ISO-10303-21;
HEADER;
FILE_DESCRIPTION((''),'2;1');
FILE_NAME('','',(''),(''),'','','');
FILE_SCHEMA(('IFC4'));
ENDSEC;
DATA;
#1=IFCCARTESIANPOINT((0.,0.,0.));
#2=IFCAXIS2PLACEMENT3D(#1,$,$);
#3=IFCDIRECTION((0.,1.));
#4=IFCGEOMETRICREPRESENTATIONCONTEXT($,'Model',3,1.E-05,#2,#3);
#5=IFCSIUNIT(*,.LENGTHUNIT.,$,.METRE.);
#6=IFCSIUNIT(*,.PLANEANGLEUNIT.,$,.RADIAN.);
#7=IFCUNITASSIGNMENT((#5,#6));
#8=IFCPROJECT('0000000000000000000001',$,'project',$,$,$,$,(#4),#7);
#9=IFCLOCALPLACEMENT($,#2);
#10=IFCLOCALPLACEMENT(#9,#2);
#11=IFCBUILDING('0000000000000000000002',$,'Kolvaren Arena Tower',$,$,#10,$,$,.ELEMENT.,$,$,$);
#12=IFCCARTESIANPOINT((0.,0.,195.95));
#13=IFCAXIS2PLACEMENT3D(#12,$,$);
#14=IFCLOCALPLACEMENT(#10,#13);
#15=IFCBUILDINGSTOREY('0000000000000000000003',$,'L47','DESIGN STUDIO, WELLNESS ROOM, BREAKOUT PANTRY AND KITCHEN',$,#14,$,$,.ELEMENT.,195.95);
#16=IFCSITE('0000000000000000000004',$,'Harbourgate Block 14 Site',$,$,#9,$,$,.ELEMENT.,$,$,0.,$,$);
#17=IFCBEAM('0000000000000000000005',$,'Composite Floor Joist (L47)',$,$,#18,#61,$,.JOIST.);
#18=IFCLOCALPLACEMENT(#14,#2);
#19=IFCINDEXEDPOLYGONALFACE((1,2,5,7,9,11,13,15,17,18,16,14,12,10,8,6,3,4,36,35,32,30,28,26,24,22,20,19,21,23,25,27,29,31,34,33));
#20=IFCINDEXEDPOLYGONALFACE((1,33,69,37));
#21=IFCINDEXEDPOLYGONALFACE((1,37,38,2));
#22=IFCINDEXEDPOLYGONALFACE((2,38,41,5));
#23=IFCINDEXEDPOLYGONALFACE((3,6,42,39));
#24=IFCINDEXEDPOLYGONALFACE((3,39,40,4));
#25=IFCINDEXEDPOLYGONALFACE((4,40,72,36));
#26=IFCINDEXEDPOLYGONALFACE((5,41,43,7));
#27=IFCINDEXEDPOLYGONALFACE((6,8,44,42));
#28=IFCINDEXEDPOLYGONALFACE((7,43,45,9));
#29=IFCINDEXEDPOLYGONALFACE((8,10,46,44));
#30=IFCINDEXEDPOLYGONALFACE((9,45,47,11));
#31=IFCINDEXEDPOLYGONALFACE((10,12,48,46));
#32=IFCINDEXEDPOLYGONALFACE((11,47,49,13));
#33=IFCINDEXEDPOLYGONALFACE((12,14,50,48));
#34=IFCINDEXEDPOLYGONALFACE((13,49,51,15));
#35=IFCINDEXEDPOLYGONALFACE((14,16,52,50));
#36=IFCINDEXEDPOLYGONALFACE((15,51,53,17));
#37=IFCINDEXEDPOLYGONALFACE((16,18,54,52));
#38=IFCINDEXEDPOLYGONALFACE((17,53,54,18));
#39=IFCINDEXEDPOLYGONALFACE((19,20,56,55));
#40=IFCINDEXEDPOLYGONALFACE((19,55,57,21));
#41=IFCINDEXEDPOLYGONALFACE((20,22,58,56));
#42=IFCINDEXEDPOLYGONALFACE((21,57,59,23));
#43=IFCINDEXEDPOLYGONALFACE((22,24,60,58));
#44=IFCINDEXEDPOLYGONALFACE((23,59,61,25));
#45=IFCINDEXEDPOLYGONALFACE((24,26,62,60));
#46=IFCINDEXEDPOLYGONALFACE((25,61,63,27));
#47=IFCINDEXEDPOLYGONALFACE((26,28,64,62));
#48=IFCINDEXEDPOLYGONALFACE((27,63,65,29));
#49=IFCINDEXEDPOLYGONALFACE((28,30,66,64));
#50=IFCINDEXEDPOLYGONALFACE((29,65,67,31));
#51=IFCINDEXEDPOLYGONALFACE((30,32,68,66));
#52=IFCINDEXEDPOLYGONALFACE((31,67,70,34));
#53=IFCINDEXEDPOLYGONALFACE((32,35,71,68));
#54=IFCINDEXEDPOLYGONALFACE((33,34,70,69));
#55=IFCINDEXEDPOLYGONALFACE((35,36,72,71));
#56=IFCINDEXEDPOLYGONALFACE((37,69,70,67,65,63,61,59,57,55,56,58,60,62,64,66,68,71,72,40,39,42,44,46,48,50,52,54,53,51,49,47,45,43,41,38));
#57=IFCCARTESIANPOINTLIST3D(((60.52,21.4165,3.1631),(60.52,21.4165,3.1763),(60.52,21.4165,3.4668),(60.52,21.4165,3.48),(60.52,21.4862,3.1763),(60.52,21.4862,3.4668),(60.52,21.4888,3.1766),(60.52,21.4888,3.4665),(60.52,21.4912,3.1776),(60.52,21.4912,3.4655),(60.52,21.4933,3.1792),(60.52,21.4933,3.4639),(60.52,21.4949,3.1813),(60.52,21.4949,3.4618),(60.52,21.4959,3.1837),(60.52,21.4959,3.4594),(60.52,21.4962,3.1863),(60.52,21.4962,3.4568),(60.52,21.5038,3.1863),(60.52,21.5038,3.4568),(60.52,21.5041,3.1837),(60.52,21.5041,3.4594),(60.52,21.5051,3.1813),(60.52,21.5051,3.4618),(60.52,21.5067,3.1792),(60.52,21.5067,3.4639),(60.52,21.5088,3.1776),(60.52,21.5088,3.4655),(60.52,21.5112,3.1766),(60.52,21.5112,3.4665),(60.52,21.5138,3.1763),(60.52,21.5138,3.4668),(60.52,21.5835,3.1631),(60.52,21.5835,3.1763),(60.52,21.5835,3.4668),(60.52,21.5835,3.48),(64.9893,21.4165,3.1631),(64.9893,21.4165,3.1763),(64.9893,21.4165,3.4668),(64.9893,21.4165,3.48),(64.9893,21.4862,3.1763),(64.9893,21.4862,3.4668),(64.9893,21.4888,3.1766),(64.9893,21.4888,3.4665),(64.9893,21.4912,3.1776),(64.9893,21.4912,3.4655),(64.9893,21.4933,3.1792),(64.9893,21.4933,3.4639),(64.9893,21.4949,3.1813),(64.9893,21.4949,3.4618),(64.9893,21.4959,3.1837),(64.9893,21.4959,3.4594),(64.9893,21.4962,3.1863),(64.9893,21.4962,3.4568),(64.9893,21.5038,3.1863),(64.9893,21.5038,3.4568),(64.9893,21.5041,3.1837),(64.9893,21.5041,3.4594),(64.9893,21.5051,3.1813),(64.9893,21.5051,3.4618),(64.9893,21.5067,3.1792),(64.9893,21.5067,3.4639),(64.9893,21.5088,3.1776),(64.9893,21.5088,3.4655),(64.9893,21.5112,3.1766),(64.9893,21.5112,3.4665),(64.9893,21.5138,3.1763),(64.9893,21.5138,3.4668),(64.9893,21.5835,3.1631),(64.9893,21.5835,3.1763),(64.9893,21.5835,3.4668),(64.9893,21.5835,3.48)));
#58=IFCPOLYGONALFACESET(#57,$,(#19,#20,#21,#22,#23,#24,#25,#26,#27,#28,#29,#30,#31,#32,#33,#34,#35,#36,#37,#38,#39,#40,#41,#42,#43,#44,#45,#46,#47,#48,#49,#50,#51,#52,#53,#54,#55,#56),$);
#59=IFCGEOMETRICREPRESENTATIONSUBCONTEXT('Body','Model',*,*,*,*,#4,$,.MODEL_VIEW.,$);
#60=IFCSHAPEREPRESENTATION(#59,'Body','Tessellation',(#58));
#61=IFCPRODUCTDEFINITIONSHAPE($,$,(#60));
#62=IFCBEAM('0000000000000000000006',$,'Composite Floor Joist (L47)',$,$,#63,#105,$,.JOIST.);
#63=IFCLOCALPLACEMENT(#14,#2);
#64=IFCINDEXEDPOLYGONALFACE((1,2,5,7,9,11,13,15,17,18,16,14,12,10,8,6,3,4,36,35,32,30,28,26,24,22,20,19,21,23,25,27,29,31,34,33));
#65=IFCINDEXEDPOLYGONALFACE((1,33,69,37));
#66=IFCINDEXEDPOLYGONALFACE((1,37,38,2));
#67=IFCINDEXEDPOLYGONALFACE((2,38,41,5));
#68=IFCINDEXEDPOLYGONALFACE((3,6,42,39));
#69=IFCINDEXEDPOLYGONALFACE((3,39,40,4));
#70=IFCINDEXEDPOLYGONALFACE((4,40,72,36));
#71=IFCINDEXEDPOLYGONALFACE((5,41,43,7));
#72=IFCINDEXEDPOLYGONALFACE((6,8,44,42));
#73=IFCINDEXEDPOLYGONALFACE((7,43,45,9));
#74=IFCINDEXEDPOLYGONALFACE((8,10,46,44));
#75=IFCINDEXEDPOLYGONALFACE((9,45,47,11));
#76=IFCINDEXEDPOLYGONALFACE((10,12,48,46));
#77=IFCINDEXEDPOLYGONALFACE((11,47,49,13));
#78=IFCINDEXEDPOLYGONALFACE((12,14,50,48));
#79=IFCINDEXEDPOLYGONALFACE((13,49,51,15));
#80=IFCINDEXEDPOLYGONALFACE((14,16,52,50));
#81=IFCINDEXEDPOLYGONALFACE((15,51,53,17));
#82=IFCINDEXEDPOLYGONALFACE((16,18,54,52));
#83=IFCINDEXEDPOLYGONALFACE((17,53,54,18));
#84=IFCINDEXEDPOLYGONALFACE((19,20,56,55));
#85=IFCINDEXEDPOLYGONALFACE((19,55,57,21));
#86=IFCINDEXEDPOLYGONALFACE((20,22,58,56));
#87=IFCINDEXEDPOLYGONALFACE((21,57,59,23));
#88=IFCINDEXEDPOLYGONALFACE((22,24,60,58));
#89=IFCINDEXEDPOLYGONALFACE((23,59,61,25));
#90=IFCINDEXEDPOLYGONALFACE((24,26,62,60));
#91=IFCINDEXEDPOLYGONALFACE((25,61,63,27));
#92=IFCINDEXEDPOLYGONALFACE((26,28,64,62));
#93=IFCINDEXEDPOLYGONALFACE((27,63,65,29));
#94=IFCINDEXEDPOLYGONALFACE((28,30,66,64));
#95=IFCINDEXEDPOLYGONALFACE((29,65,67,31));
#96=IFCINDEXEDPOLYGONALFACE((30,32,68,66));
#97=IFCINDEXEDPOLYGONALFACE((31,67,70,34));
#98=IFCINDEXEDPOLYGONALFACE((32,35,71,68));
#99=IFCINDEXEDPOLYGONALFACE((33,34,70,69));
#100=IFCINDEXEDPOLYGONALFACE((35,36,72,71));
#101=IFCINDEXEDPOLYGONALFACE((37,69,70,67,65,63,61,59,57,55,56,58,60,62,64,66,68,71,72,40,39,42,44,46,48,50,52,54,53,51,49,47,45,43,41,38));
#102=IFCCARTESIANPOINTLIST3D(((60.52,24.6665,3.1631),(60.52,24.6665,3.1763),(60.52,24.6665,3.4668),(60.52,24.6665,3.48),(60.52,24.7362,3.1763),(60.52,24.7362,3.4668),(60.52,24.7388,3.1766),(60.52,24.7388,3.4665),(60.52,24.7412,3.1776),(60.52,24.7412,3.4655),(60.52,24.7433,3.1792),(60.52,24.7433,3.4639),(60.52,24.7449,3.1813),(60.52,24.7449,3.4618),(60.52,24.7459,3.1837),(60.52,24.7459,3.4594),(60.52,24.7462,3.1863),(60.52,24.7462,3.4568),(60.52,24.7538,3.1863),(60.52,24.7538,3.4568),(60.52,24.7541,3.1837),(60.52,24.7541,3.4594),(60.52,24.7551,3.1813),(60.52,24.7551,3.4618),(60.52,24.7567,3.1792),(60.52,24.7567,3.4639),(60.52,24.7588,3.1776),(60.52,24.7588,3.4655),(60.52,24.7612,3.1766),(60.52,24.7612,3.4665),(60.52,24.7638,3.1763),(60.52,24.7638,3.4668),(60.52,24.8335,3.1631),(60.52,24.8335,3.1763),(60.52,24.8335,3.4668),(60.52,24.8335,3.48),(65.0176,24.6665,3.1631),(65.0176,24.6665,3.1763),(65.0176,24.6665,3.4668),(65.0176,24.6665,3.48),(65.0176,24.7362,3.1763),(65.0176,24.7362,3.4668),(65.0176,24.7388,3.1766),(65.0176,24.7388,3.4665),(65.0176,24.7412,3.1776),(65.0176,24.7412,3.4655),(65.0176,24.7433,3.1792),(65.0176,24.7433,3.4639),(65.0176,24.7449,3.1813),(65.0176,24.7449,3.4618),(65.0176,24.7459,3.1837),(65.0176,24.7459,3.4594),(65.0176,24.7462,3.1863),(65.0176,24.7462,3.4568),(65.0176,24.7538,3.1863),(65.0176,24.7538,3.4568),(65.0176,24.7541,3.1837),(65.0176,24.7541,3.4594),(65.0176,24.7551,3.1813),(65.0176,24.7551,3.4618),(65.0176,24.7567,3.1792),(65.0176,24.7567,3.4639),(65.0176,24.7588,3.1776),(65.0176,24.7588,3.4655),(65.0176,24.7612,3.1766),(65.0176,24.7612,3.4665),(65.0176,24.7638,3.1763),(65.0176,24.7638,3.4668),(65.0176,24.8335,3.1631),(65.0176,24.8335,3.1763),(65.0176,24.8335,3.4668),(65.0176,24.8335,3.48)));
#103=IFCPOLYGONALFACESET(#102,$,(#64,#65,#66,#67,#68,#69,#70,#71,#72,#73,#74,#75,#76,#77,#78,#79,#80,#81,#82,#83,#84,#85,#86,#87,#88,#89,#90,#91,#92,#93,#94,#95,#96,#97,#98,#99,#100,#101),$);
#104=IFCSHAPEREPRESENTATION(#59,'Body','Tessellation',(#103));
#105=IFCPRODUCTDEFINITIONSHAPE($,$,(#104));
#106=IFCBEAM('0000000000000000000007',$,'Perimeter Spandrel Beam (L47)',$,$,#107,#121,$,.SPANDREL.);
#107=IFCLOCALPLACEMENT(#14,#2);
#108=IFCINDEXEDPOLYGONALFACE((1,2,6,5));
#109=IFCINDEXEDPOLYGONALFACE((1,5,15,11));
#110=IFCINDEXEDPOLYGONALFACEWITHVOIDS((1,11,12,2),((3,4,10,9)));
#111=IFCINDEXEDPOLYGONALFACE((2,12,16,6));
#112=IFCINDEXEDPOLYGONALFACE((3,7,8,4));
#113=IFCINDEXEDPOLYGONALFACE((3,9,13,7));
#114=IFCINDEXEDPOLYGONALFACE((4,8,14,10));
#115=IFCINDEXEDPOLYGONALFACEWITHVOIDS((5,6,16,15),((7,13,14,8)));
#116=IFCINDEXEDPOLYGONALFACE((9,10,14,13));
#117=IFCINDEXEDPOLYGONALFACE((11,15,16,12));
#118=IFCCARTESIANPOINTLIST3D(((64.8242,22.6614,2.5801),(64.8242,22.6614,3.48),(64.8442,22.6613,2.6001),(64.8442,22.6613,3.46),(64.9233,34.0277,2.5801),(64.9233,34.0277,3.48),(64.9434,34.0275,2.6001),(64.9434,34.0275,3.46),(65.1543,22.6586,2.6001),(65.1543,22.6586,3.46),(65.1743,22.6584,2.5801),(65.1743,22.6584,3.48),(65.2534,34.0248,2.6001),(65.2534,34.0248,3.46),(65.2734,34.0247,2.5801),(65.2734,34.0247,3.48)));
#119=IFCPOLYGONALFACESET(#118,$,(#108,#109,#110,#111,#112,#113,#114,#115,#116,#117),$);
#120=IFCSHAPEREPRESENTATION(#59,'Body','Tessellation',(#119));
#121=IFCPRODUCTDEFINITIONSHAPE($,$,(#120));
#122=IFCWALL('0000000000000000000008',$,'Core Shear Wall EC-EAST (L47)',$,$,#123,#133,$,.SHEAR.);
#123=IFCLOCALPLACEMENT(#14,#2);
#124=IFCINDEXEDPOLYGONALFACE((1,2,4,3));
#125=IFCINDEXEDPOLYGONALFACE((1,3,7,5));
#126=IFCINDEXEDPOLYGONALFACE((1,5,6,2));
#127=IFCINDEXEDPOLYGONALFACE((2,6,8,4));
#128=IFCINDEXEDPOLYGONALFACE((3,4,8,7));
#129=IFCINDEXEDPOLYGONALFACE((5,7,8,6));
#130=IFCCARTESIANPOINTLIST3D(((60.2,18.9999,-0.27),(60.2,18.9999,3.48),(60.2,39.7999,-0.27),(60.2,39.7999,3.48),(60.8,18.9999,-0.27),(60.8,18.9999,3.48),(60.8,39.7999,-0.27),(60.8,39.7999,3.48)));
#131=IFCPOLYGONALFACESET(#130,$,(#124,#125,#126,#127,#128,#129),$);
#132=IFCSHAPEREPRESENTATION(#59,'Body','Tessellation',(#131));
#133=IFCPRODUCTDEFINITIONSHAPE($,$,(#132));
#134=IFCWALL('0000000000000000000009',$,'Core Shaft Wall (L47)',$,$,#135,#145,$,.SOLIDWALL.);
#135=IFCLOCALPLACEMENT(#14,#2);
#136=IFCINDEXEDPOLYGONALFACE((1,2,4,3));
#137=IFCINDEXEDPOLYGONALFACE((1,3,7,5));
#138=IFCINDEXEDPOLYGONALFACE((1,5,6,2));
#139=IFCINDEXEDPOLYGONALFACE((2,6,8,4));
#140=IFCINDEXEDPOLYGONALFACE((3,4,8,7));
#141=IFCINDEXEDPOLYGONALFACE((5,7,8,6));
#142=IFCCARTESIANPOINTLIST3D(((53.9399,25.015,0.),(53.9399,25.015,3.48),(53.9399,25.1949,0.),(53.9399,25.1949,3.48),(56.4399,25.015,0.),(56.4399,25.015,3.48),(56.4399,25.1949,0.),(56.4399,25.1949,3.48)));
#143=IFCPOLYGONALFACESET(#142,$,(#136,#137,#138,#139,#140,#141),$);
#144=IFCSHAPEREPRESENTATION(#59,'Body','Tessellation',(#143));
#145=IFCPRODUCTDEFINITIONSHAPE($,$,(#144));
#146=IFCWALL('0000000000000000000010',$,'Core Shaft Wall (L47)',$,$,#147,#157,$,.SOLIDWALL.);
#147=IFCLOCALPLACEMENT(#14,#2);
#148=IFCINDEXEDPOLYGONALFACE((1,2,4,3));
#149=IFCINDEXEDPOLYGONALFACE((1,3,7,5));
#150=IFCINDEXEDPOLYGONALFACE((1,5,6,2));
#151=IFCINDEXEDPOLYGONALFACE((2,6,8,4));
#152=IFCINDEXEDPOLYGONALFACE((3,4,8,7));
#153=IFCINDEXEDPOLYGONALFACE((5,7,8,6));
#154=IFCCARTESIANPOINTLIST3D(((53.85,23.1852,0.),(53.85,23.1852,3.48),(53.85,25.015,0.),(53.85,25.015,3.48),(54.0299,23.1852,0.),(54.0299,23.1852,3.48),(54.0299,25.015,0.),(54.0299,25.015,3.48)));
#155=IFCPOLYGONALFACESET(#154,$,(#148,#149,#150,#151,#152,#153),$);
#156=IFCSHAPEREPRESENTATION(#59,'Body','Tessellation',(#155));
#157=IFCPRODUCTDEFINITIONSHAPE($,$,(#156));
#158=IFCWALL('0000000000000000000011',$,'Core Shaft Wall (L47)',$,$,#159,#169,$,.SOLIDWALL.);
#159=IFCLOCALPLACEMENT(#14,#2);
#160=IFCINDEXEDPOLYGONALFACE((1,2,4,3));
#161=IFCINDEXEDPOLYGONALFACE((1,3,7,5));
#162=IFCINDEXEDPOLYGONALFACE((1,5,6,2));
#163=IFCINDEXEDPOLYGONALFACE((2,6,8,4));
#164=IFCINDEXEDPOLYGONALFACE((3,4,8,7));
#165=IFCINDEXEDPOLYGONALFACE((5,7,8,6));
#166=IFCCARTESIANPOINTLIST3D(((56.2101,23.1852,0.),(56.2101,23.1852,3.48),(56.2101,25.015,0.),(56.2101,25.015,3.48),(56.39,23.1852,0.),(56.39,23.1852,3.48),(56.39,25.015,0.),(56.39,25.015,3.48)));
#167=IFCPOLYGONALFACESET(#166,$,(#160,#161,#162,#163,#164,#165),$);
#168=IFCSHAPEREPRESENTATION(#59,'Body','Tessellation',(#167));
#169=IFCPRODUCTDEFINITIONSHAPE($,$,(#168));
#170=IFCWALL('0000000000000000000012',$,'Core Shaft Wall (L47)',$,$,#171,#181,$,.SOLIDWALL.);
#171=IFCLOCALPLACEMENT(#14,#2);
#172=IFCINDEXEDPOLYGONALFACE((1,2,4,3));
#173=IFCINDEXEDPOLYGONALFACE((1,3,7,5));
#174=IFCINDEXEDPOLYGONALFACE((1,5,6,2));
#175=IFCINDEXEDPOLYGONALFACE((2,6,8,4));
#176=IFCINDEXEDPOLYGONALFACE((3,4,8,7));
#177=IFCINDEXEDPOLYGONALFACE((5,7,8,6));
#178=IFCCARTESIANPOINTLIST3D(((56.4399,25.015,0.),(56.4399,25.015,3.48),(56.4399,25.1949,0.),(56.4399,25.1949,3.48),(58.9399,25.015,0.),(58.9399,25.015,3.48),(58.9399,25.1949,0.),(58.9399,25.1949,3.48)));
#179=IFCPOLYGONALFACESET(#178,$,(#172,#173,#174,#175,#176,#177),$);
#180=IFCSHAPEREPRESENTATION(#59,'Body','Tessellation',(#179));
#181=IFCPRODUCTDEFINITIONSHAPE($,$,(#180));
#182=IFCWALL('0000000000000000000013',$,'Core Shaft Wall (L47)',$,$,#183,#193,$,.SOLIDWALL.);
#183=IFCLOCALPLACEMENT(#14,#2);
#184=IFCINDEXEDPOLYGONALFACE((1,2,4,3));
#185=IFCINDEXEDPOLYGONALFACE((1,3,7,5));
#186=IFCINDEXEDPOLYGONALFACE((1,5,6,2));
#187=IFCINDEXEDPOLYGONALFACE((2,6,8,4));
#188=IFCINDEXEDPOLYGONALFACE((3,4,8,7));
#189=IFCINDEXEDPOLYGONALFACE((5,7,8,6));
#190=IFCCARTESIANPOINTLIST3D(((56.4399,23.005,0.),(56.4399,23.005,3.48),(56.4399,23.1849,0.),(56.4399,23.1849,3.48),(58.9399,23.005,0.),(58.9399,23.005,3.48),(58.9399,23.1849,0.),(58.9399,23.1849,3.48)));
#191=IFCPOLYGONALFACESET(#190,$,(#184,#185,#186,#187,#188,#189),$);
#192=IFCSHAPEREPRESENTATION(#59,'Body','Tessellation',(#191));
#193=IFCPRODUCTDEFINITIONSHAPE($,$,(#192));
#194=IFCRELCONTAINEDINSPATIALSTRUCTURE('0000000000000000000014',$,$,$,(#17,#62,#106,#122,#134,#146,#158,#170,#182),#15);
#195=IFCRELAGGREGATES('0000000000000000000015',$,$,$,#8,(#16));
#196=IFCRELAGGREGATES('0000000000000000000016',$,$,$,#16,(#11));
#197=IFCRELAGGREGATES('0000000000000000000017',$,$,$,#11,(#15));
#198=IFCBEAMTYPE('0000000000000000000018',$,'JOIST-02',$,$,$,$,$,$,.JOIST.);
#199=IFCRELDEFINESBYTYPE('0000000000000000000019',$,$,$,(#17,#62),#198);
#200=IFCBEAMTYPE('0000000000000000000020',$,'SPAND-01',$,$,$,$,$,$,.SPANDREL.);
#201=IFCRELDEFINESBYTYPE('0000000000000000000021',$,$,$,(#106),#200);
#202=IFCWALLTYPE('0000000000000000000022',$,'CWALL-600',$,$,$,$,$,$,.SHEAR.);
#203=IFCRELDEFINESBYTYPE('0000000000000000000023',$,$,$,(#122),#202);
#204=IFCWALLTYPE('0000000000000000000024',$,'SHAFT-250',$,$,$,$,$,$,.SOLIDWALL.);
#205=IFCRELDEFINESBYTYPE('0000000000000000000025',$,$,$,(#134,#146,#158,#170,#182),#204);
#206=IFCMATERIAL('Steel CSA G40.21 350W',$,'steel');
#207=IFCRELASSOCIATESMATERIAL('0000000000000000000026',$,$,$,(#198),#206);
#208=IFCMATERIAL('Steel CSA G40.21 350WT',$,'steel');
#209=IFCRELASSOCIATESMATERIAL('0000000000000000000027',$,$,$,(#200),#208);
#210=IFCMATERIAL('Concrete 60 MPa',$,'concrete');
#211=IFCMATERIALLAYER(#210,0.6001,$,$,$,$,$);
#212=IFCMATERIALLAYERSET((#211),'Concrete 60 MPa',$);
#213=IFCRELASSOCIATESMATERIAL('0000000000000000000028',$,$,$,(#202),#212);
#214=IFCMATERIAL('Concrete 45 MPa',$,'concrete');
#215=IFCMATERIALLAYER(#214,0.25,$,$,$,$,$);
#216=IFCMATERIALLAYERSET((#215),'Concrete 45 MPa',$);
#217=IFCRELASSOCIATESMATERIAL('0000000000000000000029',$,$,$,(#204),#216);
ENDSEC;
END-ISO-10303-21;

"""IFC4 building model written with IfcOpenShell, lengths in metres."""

from ifc_helpers import new_model, si_unit, direction, frame, frame_2d, origin, origin_2d, place, context, subcontext, project, spatial, rectangle, hollow_rectangle, i_section, extrude, material, layer, layer_set, material_profile, profile_set, type_object, element, save


model = new_model("IFC4")

# Units and contexts
model_context = context("Model", 3, precision=1e-05, world=origin(), true_north=direction((0.0, 1.0)))
body_context = subcontext(model_context, "Body", "Model", "MODEL_VIEW")
ifc_project = project(units=[si_unit("LENGTHUNIT", "METRE"), si_unit("PLANEANGLEUNIT", "RADIAN")], contexts=[model_context])

# Site, building, storey
site_placement = place(None, origin())
site = spatial("IfcSite", under=ifc_project, at=site_placement, Name="Harbourgate Block 14 Site", CompositionType="ELEMENT", RefElevation=0.0)
building_placement = place(site_placement, origin())
building = spatial("IfcBuilding", under=site, at=building_placement, Name="Kolvaren Arena Tower", CompositionType="ELEMENT")
storey_placement = place(building_placement, frame((0.0, 0.0, 195.95)))
storey = spatial("IfcBuildingStorey", under=building, at=storey_placement, Name="L47", Description="DESIGN STUDIO, WELLNESS ROOM, BREAKOUT PANTRY AND KITCHEN", CompositionType="ELEMENT", Elevation=195.95)

# Beams
ifc_material_1 = material(Name="Steel CSA G40.21 350W", Category="steel")
ifc_material_profile_1 = material_profile(ifc_material_1, i_section(OverallWidth=0.167, OverallDepth=0.3169, WebThickness=0.0076, FlangeThickness=0.0132, FilletRadius=0.01, at=origin_2d()), Name="W310x52")
ifc_profile_set_1 = profile_set([ifc_material_profile_1], Name="Steel CSA G40.21 350W")
beam_type_1 = type_object("IfcBeamType", Name="JOIST-02", PredefinedType="JOIST", material=ifc_profile_set_1)
beam_1_placement = place(storey_placement, frame((60.52, 21.5, 3.3215), z_axis=(1.0, 0.0, 0.0), x_axis=(0.0, 1.0, 0.0)))
element("IfcBeam", 1, at=beam_1_placement, inside=storey, type_object=beam_type_1, Name="Composite Floor Joist (L47)", PredefinedType="JOIST", context=body_context, shape_type="SweptSolid", body=[
    extrude(i_section(OverallWidth=0.167, OverallDepth=0.3169, WebThickness=0.0076, FlangeThickness=0.0132, FilletRadius=0.01, at=origin_2d()), origin(), (0.0, 0.0, 1.0), 4.4692),
])
beam_2_placement = place(storey_placement, frame((60.52, 24.75, 3.3215), z_axis=(1.0, 0.0, 0.0), x_axis=(0.0, 1.0, 0.0)))
element("IfcBeam", 2, at=beam_2_placement, inside=storey, type_object=beam_type_1, Name="Composite Floor Joist (L47)", PredefinedType="JOIST", context=body_context, shape_type="SweptSolid", body=[
    extrude(i_section(OverallWidth=0.167, OverallDepth=0.3169, WebThickness=0.0076, FlangeThickness=0.0132, FilletRadius=0.01, at=origin_2d()), origin(), (0.0, 0.0, 1.0), 4.4976),
])
ifc_material_2 = material(Name="Steel CSA G40.21 350WT", Category="steel")
ifc_material_profile_2 = material_profile(ifc_material_2, hollow_rectangle(XDim=0.3501, YDim=0.8999, WallThickness=0.02, at=origin_2d()), Name="HSS 900x350x20")
ifc_profile_set_2 = profile_set([ifc_material_profile_2], Name="Steel CSA G40.21 350WT")
beam_type_2 = type_object("IfcBeamType", Name="SPAND-01", PredefinedType="SPANDREL", material=ifc_profile_set_2)
beam_3_placement = place(storey_placement, frame((64.9993, 22.6599, 3.03), z_axis=(0.00872, 0.999962, 0.0), x_axis=(-0.999962, 0.00872, 0.0)))
element("IfcBeam", 3, at=beam_3_placement, inside=storey, type_object=beam_type_2, Name="Perimeter Spandrel Beam (L47)", PredefinedType="SPANDREL", context=body_context, shape_type="SweptSolid", body=[
    extrude(hollow_rectangle(XDim=0.3501, YDim=0.8999, WallThickness=0.02, at=origin_2d()), origin(), (0.0, 0.0, 1.0), 11.3667),
])

# Walls
ifc_material_3 = material(Name="Concrete 60 MPa", Category="concrete")
ifc_layer_1 = layer(ifc_material_3, 0.6001)
ifc_layer_set_1 = layer_set([ifc_layer_1], Name="Concrete 60 MPa")
wall_type_1 = type_object("IfcWallType", Name="CWALL-600", PredefinedType="SHEAR", material=ifc_layer_set_1)
wall_1_placement = place(storey_placement, frame((60.5, 19.0, -0.27), z_axis=(0.0, 0.0, 1.0), x_axis=(0.0, 1.0, 0.0)))
element("IfcWall", 4, at=wall_1_placement, inside=storey, type_object=wall_type_1, Name="Core Shear Wall EC-EAST (L47)", PredefinedType="SHEAR", context=body_context, shape_type="SweptSolid", body=[
    extrude(rectangle(XDim=20.8, YDim=0.6001, at=frame_2d((10.3999, 0.0))), origin(), (0.0, 0.0, 1.0), 3.75),
])
ifc_material_4 = material(Name="Concrete 45 MPa", Category="concrete")
ifc_layer_2 = layer(ifc_material_4, 0.25)
ifc_layer_set_2 = layer_set([ifc_layer_2], Name="Concrete 45 MPa")
wall_type_2 = type_object("IfcWallType", Name="SHAFT-250", PredefinedType="SOLIDWALL", material=ifc_layer_set_2)
wall_2_placement = place(storey_placement, frame((53.9399, 25.105, 0.0), z_axis=(0.0, 0.0, 1.0), x_axis=(1.0, 0.0, 0.0)))
element("IfcWall", 5, at=wall_2_placement, inside=storey, type_object=wall_type_2, Name="Core Shaft Wall (L47)", PredefinedType="SOLIDWALL", context=body_context, shape_type="SweptSolid", body=[
    extrude(rectangle(XDim=2.5, YDim=0.1799, at=frame_2d((1.25, 0.0))), origin(), (0.0, 0.0, 1.0), 3.48),
])
for number, where, z_axis, x_axis, name in (
    (6, (53.9399, 23.1851, 0.0), (0.0, 0.0, 1.0), (0.0, 1.0, 0.0), "Core Shaft Wall (L47)"),
    (7, (56.3, 23.1851, 0.0), (0.0, 0.0, 1.0), (0.0, 1.0, 0.0), "Core Shaft Wall (L47)"),
):
    element("IfcWall", number, at=place(storey_placement, frame(where, z_axis=z_axis, x_axis=x_axis)), inside=storey, type_object=wall_type_2, Name=name, PredefinedType="SOLIDWALL", context=body_context, shape_type="SweptSolid", body=[
        extrude(rectangle(XDim=1.8298, YDim=0.1799, at=frame_2d((0.915, 0.0))), origin(), (0.0, 0.0, 1.0), 3.48),
    ])
for number, where, z_axis, x_axis, name in (
    (8, (56.4399, 25.105, 0.0), (0.0, 0.0, 1.0), (1.0, 0.0, 0.0), "Core Shaft Wall (L47)"),
    (9, (56.4399, 23.095, 0.0), (0.0, 0.0, 1.0), (1.0, 0.0, 0.0), "Core Shaft Wall (L47)"),
):
    element("IfcWall", number, at=place(storey_placement, frame(where, z_axis=z_axis, x_axis=x_axis)), inside=storey, type_object=wall_type_2, Name=name, PredefinedType="SOLIDWALL", context=body_context, shape_type="SweptSolid", body=[
        extrude(rectangle(XDim=2.5, YDim=0.1799, at=frame_2d((1.25, 0.0))), origin(), (0.0, 0.0, 1.0), 3.48),
    ])

save(model, "model.ifc")
